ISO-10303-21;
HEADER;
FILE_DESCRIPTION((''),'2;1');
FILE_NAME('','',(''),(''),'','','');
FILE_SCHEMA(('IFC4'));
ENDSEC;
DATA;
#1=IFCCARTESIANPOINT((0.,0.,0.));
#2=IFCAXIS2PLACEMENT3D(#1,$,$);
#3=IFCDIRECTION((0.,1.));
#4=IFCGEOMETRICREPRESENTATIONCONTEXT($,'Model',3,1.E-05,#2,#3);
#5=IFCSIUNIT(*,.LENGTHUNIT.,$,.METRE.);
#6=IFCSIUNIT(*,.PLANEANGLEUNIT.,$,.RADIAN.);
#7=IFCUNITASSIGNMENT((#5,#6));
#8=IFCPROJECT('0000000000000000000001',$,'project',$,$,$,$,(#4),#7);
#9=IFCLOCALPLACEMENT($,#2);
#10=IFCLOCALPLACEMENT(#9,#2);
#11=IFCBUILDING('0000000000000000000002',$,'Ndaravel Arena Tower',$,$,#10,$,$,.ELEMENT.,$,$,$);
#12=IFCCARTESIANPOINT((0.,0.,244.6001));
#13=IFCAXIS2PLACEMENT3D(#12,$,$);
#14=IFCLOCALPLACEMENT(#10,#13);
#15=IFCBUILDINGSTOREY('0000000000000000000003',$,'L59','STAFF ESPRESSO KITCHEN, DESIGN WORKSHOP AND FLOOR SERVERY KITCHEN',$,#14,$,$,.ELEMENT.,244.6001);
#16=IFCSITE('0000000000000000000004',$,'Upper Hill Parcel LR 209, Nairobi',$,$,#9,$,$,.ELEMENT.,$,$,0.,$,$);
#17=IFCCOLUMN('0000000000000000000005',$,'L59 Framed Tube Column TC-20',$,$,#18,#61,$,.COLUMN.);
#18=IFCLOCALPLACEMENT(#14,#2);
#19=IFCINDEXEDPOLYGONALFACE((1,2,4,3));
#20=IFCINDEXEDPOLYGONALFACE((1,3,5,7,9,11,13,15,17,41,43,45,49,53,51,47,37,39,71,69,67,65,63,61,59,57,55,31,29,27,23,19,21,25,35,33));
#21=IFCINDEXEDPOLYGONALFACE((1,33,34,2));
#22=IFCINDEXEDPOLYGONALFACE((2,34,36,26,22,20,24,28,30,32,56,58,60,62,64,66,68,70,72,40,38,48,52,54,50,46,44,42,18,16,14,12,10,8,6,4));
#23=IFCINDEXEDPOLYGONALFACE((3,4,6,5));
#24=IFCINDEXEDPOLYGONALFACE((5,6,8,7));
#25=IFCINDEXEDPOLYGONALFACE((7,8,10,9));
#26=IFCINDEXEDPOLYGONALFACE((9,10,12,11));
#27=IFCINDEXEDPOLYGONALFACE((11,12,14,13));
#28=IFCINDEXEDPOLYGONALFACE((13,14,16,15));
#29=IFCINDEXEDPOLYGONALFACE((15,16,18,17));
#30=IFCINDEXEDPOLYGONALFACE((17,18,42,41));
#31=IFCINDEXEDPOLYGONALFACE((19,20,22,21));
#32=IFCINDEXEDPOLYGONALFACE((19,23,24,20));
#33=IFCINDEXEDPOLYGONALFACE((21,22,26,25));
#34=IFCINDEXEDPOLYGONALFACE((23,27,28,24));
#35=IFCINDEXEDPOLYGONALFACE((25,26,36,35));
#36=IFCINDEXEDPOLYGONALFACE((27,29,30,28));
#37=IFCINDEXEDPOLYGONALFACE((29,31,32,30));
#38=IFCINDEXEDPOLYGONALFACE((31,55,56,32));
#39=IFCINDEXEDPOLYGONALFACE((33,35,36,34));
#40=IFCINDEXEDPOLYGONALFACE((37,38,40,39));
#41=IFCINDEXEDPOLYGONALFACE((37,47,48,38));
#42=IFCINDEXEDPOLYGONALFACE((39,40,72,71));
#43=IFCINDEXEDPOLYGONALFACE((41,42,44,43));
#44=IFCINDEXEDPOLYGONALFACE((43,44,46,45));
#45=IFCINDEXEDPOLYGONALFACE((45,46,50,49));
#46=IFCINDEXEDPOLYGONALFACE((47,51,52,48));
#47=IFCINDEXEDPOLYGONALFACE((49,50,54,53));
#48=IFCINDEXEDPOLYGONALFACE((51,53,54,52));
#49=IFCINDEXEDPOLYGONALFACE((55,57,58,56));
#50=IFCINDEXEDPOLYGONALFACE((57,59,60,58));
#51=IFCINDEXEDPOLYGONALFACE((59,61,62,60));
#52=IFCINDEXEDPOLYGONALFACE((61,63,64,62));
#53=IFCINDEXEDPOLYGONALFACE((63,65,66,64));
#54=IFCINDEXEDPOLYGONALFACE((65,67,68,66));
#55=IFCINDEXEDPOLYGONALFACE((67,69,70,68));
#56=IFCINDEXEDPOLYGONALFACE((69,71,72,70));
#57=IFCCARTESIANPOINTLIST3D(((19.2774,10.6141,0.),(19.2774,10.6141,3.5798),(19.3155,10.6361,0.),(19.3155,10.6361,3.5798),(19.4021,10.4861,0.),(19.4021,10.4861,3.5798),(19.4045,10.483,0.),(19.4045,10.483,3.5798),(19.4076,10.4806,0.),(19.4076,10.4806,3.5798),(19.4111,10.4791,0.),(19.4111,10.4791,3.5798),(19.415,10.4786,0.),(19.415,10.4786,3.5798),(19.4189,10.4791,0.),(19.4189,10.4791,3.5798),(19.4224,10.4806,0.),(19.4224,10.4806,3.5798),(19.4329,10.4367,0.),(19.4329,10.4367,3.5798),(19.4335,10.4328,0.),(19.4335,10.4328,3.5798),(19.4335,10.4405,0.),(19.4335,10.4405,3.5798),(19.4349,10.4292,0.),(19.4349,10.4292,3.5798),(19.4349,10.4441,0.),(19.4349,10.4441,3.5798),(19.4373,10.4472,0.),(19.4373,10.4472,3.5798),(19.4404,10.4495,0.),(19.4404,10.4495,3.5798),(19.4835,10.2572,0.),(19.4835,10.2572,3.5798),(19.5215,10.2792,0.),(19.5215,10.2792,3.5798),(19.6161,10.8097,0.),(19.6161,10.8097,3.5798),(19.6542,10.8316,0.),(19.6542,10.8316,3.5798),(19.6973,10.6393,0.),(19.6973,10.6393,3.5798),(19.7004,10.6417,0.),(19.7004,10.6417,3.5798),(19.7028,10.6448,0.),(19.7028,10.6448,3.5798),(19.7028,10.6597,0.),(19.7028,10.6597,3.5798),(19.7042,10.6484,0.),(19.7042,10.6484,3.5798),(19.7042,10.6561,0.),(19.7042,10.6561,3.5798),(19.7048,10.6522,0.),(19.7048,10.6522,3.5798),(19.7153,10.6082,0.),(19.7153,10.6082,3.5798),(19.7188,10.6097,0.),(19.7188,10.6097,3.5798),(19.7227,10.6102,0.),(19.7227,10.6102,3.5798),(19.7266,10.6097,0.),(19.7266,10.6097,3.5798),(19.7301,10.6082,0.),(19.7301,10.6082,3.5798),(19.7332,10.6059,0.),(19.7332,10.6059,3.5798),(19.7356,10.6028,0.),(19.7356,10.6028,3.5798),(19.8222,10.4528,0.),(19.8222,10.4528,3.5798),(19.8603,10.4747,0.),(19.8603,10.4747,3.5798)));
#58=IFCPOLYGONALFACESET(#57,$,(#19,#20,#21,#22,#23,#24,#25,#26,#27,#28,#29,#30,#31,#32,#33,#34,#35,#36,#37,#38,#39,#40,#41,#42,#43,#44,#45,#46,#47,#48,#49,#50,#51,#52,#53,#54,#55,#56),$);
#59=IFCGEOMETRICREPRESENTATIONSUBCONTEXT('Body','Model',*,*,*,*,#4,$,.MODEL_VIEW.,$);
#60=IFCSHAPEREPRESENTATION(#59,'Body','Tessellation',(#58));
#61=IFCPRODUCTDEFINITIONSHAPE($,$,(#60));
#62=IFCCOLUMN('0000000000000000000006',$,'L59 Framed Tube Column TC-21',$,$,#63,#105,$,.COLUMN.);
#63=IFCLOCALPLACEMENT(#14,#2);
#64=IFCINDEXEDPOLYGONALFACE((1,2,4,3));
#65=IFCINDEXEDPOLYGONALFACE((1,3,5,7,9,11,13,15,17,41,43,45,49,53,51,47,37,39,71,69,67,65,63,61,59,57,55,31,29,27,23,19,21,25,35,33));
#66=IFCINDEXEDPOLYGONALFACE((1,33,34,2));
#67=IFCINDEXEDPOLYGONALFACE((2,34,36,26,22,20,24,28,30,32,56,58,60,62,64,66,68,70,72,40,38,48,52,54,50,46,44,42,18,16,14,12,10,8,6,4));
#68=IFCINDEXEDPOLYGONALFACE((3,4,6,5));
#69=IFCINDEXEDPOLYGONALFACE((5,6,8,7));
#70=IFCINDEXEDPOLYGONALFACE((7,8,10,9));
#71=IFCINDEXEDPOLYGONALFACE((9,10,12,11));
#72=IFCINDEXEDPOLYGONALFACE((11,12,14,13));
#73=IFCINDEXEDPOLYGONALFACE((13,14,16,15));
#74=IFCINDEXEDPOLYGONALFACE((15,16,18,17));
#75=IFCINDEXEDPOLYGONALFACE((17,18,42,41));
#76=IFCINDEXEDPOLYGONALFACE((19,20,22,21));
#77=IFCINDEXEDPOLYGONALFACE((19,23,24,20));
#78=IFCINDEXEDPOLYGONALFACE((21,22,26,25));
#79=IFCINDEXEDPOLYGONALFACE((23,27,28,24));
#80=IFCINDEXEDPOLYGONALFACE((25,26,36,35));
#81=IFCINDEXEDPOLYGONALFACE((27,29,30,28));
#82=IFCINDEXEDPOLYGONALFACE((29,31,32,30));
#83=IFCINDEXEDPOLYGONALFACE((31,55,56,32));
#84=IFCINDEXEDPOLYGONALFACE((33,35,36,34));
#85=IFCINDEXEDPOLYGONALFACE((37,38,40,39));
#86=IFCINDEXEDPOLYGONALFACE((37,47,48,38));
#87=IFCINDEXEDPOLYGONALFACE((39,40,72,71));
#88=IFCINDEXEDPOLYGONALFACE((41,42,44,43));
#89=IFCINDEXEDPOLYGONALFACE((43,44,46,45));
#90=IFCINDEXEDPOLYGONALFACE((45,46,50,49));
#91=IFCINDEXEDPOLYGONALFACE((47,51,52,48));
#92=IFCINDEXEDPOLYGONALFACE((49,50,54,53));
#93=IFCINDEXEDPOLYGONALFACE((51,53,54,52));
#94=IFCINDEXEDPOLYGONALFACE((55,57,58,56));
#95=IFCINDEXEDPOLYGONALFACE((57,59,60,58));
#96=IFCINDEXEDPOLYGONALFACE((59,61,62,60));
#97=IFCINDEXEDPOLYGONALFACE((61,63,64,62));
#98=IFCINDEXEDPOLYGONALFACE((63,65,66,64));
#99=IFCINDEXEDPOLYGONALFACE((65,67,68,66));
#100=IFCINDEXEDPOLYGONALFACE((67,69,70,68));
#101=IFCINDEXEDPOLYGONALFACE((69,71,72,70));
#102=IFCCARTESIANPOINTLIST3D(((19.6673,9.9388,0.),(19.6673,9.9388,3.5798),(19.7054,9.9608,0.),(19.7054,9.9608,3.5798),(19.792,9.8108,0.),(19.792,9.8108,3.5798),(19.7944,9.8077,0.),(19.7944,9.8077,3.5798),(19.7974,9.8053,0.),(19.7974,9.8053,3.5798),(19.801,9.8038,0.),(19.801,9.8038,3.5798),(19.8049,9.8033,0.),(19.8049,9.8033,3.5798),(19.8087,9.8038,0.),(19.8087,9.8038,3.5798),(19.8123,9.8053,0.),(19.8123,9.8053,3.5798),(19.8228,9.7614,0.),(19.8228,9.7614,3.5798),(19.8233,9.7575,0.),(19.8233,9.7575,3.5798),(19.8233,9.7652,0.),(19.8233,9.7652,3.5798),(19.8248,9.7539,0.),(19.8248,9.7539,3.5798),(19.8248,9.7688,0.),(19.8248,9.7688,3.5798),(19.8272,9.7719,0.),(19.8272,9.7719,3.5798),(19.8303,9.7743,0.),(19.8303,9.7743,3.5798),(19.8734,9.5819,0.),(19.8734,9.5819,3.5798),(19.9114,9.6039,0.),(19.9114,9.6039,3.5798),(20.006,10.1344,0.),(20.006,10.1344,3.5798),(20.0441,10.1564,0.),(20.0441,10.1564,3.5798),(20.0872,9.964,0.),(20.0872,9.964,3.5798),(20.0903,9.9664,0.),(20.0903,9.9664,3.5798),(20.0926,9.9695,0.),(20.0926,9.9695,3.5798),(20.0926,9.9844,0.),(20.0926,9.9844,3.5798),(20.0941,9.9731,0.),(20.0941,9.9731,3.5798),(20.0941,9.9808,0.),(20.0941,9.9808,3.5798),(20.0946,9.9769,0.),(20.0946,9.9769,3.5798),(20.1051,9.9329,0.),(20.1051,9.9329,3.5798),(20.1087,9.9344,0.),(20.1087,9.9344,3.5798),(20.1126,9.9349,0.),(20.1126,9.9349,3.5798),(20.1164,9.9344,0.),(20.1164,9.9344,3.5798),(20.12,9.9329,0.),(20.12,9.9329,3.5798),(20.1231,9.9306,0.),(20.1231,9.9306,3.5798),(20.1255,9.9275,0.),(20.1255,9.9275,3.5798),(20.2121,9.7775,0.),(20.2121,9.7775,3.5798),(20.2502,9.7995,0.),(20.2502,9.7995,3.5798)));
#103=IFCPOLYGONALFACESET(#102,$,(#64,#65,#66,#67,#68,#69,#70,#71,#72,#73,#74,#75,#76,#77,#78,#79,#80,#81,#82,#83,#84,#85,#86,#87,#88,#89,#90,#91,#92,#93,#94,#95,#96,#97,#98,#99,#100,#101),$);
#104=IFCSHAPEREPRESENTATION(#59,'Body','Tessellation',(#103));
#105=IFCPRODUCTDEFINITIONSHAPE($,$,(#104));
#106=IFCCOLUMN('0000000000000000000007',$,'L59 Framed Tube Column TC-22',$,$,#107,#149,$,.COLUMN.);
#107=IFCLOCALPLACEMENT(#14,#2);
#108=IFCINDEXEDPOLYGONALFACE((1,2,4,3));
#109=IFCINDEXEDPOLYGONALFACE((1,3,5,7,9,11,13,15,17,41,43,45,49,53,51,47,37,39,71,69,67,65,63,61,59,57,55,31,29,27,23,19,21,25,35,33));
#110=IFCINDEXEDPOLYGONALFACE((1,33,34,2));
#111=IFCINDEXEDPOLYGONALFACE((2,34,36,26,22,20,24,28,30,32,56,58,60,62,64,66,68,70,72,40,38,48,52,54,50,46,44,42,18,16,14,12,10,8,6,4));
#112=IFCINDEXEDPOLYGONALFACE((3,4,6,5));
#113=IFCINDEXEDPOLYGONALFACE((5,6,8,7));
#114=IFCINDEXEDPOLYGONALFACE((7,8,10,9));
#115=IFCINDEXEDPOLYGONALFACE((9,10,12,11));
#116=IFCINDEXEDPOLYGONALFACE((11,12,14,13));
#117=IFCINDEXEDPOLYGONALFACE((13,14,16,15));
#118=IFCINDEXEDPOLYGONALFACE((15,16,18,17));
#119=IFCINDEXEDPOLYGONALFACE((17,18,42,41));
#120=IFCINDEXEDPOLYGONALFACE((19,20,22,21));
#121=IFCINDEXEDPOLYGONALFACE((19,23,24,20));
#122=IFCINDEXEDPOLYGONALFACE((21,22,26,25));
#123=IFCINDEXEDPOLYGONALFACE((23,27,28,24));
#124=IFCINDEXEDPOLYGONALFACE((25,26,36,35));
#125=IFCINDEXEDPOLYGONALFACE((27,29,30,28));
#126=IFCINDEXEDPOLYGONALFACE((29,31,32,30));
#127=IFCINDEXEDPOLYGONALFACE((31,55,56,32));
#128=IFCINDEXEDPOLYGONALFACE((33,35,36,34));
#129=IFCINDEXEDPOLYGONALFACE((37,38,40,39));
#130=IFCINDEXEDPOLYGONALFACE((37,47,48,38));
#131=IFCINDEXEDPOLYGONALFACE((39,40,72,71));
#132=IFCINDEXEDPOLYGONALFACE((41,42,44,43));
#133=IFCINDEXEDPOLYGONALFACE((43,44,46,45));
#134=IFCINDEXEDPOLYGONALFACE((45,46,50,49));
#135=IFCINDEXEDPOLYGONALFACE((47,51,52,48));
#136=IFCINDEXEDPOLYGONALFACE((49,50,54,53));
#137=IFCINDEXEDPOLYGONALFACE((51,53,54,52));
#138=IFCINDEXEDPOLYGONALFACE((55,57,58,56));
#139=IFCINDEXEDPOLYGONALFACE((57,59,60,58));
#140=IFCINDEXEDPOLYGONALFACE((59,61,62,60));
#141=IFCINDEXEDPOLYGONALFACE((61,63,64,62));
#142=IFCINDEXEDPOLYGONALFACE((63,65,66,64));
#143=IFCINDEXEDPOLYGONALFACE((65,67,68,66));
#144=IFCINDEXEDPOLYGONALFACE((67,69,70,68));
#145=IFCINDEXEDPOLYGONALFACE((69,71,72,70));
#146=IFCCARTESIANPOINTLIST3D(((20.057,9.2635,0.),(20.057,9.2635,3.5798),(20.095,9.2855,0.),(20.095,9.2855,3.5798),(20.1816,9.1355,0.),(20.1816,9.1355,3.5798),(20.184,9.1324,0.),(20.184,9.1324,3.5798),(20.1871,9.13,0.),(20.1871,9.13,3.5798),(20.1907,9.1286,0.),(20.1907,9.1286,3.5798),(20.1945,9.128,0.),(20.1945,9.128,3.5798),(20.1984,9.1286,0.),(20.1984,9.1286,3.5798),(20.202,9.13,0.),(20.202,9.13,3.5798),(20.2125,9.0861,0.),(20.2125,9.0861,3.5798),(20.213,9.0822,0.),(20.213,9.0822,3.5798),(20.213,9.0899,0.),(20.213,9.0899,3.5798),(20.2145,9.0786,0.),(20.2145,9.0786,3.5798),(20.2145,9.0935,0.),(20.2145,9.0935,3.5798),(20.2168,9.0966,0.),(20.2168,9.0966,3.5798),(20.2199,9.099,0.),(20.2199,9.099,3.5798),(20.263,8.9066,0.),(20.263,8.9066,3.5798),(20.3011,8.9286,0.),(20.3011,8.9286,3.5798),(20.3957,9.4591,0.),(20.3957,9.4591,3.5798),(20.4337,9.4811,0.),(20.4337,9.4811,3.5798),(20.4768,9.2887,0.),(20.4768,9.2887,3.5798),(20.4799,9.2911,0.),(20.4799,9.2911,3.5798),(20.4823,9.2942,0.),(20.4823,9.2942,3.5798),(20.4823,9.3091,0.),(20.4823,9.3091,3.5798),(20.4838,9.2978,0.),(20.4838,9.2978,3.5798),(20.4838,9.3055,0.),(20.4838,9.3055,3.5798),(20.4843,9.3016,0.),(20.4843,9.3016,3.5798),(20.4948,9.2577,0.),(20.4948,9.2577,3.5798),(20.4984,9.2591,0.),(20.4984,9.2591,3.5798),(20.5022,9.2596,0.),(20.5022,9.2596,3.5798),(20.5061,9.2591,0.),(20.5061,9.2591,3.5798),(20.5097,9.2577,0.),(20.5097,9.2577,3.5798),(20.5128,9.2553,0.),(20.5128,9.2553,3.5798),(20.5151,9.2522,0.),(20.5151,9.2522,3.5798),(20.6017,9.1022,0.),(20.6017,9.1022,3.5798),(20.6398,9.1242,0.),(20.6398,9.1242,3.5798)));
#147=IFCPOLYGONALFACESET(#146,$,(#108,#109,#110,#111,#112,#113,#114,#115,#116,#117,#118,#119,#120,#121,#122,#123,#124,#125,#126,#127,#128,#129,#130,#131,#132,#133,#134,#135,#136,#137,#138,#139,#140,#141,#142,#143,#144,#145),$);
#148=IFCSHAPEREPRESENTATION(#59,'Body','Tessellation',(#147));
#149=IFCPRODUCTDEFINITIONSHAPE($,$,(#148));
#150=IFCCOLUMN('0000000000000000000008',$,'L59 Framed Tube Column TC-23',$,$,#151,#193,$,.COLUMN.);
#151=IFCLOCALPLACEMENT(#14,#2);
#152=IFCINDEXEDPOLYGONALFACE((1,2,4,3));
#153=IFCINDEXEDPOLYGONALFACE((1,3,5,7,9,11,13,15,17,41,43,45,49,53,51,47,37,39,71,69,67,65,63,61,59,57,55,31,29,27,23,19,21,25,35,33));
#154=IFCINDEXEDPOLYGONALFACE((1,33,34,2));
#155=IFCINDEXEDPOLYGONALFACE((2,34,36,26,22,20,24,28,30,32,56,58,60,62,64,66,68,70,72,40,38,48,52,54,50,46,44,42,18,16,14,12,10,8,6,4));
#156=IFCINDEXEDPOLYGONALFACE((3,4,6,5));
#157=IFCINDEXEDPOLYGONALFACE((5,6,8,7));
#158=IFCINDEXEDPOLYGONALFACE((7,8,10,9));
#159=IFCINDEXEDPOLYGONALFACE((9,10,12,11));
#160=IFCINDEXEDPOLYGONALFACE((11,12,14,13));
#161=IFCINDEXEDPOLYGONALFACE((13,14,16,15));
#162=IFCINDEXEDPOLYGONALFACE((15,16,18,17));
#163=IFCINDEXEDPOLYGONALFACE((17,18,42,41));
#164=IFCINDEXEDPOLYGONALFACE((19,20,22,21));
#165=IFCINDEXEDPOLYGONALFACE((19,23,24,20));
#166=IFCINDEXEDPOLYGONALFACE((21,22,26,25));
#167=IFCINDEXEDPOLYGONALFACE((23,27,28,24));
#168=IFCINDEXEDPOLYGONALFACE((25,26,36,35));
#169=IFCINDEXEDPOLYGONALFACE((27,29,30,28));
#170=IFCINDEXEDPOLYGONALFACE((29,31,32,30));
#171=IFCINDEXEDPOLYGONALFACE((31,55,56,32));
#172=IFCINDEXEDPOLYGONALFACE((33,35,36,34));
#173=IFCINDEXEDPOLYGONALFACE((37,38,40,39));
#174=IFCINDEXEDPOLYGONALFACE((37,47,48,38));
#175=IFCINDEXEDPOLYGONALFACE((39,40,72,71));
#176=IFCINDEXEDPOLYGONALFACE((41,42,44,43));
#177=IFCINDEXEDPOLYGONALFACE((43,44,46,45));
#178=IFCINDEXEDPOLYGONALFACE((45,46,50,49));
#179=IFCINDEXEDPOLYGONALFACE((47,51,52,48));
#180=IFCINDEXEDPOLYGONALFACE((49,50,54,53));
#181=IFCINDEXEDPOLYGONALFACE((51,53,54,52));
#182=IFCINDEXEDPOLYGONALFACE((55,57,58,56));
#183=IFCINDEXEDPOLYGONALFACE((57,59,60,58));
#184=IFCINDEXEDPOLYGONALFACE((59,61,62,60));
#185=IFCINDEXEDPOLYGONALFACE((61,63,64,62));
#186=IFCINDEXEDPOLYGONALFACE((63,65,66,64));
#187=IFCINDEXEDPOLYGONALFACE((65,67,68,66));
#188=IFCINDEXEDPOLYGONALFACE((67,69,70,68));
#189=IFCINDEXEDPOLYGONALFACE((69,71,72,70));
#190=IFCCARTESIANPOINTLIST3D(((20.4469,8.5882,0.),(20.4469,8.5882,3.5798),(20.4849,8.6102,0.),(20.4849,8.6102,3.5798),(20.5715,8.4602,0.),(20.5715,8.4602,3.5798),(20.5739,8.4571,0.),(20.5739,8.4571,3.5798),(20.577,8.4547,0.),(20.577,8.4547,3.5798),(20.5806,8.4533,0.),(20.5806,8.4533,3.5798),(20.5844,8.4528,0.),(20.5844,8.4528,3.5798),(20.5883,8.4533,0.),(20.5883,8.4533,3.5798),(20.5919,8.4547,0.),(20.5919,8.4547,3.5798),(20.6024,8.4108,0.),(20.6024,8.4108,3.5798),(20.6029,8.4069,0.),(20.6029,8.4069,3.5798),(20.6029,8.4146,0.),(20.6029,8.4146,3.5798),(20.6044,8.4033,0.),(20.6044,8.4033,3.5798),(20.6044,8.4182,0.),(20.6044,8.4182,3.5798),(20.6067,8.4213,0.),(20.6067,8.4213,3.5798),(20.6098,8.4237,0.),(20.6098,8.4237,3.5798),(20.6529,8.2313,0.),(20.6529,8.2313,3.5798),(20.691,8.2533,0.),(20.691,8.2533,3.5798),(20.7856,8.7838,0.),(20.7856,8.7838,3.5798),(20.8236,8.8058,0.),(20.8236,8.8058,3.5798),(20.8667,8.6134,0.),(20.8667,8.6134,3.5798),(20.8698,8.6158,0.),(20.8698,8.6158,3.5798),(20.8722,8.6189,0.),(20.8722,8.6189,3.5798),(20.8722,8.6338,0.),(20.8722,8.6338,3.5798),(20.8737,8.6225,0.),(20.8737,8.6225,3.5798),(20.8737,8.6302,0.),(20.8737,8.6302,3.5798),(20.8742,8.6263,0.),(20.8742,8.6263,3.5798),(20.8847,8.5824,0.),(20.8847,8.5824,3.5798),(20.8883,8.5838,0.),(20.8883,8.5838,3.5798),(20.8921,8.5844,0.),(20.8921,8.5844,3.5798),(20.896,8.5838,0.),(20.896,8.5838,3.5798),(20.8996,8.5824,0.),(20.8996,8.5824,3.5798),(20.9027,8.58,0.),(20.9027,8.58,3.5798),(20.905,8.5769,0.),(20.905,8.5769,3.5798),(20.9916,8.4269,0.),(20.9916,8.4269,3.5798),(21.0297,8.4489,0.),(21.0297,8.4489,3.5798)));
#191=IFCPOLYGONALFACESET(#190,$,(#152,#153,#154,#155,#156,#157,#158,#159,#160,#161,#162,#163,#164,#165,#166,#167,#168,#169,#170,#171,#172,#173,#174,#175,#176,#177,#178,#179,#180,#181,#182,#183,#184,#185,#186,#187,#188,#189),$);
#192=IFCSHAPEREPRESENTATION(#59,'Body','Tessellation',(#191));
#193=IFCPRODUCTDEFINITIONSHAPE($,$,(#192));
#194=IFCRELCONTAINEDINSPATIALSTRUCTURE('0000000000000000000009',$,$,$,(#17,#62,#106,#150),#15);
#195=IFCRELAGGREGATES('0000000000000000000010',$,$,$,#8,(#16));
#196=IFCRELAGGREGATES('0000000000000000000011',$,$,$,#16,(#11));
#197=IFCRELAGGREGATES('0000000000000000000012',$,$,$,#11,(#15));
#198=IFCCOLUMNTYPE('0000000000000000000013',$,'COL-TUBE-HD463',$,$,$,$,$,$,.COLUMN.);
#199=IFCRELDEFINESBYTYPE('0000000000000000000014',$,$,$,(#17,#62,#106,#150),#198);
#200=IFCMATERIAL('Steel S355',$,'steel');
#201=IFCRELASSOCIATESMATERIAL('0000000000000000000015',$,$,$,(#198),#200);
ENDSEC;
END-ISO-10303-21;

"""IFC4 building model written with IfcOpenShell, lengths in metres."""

from ifc_helpers import new_model, si_unit, direction, frame, origin, origin_2d, place, context, subcontext, project, spatial, i_section, extrude, material, material_profile, profile_set, type_object, element, save


model = new_model("IFC4")

# Units and contexts
model_context = context("Model", 3, precision=1e-05, world=origin(), true_north=direction((0.0, 1.0)))
body_context = subcontext(model_context, "Body", "Model", "MODEL_VIEW")
ifc_project = project(units=[si_unit("LENGTHUNIT", "METRE"), si_unit("PLANEANGLEUNIT", "RADIAN")], contexts=[model_context])

# Site, building, storey
site_placement = place(None, origin())
site = spatial("IfcSite", under=ifc_project, at=site_placement, Name="Upper Hill Parcel LR 209, Nairobi", CompositionType="ELEMENT", RefElevation=0.0)
building_placement = place(site_placement, origin())
building = spatial("IfcBuilding", under=site, at=building_placement, Name="Ndaravel Arena Tower", CompositionType="ELEMENT")
storey_placement = place(building_placement, frame((0.0, 0.0, 244.6001)))
storey = spatial("IfcBuildingStorey", under=building, at=storey_placement, Name="L59", Description="STAFF ESPRESSO KITCHEN, DESIGN WORKSHOP AND FLOOR SERVERY KITCHEN", CompositionType="ELEMENT", Elevation=244.6001)

# Columns
ifc_material_1 = material(Name="Steel S355", Category="steel")
ifc_material_profile_1 = material_profile(ifc_material_1, i_section(OverallWidth=0.4121, OverallDepth=0.4351, WebThickness=0.0359, FlangeThickness=0.0439, FilletRadius=0.0149, at=origin_2d()), Name="HD 400x463")
ifc_profile_set_1 = profile_set([ifc_material_profile_1], Name="Steel S355")
column_type = type_object("IfcColumnType", Name="COL-TUBE-HD463", PredefinedType="COLUMN", material=ifc_profile_set_1)
for number, where, z_axis, x_axis, name in (
    (1, (19.5688, 10.5444, 0.0), (0.0, 0.0, 1.0), (-0.5, 0.866025, 0.0), "L59 Framed Tube Column TC-20"),
    (2, (19.9587, 9.8691, 0.0), (0.0, 0.0, 1.0), (-0.5, 0.866025, 0.0), "L59 Framed Tube Column TC-21"),
    (3, (20.3484, 9.1938, 0.0), (0.0, 0.0, 1.0), (-0.5, 0.866025, 0.0), "L59 Framed Tube Column TC-22"),
    (4, (20.7383, 8.5186, 0.0), (0.0, 0.0, 1.0), (-0.5, 0.866025, 0.0), "L59 Framed Tube Column TC-23"),
):
    element("IfcColumn", number, at=place(storey_placement, frame(where, z_axis=z_axis, x_axis=x_axis)), inside=storey, type_object=column_type, Name=name, PredefinedType="COLUMN", context=body_context, shape_type="SweptSolid", body=[
        extrude(i_section(OverallWidth=0.4121, OverallDepth=0.4351, WebThickness=0.0359, FlangeThickness=0.0439, FilletRadius=0.0149, at=origin_2d()), origin(), (0.0, 0.0, 1.0), 3.5798),
    ])

save(model, "model.ifc")
